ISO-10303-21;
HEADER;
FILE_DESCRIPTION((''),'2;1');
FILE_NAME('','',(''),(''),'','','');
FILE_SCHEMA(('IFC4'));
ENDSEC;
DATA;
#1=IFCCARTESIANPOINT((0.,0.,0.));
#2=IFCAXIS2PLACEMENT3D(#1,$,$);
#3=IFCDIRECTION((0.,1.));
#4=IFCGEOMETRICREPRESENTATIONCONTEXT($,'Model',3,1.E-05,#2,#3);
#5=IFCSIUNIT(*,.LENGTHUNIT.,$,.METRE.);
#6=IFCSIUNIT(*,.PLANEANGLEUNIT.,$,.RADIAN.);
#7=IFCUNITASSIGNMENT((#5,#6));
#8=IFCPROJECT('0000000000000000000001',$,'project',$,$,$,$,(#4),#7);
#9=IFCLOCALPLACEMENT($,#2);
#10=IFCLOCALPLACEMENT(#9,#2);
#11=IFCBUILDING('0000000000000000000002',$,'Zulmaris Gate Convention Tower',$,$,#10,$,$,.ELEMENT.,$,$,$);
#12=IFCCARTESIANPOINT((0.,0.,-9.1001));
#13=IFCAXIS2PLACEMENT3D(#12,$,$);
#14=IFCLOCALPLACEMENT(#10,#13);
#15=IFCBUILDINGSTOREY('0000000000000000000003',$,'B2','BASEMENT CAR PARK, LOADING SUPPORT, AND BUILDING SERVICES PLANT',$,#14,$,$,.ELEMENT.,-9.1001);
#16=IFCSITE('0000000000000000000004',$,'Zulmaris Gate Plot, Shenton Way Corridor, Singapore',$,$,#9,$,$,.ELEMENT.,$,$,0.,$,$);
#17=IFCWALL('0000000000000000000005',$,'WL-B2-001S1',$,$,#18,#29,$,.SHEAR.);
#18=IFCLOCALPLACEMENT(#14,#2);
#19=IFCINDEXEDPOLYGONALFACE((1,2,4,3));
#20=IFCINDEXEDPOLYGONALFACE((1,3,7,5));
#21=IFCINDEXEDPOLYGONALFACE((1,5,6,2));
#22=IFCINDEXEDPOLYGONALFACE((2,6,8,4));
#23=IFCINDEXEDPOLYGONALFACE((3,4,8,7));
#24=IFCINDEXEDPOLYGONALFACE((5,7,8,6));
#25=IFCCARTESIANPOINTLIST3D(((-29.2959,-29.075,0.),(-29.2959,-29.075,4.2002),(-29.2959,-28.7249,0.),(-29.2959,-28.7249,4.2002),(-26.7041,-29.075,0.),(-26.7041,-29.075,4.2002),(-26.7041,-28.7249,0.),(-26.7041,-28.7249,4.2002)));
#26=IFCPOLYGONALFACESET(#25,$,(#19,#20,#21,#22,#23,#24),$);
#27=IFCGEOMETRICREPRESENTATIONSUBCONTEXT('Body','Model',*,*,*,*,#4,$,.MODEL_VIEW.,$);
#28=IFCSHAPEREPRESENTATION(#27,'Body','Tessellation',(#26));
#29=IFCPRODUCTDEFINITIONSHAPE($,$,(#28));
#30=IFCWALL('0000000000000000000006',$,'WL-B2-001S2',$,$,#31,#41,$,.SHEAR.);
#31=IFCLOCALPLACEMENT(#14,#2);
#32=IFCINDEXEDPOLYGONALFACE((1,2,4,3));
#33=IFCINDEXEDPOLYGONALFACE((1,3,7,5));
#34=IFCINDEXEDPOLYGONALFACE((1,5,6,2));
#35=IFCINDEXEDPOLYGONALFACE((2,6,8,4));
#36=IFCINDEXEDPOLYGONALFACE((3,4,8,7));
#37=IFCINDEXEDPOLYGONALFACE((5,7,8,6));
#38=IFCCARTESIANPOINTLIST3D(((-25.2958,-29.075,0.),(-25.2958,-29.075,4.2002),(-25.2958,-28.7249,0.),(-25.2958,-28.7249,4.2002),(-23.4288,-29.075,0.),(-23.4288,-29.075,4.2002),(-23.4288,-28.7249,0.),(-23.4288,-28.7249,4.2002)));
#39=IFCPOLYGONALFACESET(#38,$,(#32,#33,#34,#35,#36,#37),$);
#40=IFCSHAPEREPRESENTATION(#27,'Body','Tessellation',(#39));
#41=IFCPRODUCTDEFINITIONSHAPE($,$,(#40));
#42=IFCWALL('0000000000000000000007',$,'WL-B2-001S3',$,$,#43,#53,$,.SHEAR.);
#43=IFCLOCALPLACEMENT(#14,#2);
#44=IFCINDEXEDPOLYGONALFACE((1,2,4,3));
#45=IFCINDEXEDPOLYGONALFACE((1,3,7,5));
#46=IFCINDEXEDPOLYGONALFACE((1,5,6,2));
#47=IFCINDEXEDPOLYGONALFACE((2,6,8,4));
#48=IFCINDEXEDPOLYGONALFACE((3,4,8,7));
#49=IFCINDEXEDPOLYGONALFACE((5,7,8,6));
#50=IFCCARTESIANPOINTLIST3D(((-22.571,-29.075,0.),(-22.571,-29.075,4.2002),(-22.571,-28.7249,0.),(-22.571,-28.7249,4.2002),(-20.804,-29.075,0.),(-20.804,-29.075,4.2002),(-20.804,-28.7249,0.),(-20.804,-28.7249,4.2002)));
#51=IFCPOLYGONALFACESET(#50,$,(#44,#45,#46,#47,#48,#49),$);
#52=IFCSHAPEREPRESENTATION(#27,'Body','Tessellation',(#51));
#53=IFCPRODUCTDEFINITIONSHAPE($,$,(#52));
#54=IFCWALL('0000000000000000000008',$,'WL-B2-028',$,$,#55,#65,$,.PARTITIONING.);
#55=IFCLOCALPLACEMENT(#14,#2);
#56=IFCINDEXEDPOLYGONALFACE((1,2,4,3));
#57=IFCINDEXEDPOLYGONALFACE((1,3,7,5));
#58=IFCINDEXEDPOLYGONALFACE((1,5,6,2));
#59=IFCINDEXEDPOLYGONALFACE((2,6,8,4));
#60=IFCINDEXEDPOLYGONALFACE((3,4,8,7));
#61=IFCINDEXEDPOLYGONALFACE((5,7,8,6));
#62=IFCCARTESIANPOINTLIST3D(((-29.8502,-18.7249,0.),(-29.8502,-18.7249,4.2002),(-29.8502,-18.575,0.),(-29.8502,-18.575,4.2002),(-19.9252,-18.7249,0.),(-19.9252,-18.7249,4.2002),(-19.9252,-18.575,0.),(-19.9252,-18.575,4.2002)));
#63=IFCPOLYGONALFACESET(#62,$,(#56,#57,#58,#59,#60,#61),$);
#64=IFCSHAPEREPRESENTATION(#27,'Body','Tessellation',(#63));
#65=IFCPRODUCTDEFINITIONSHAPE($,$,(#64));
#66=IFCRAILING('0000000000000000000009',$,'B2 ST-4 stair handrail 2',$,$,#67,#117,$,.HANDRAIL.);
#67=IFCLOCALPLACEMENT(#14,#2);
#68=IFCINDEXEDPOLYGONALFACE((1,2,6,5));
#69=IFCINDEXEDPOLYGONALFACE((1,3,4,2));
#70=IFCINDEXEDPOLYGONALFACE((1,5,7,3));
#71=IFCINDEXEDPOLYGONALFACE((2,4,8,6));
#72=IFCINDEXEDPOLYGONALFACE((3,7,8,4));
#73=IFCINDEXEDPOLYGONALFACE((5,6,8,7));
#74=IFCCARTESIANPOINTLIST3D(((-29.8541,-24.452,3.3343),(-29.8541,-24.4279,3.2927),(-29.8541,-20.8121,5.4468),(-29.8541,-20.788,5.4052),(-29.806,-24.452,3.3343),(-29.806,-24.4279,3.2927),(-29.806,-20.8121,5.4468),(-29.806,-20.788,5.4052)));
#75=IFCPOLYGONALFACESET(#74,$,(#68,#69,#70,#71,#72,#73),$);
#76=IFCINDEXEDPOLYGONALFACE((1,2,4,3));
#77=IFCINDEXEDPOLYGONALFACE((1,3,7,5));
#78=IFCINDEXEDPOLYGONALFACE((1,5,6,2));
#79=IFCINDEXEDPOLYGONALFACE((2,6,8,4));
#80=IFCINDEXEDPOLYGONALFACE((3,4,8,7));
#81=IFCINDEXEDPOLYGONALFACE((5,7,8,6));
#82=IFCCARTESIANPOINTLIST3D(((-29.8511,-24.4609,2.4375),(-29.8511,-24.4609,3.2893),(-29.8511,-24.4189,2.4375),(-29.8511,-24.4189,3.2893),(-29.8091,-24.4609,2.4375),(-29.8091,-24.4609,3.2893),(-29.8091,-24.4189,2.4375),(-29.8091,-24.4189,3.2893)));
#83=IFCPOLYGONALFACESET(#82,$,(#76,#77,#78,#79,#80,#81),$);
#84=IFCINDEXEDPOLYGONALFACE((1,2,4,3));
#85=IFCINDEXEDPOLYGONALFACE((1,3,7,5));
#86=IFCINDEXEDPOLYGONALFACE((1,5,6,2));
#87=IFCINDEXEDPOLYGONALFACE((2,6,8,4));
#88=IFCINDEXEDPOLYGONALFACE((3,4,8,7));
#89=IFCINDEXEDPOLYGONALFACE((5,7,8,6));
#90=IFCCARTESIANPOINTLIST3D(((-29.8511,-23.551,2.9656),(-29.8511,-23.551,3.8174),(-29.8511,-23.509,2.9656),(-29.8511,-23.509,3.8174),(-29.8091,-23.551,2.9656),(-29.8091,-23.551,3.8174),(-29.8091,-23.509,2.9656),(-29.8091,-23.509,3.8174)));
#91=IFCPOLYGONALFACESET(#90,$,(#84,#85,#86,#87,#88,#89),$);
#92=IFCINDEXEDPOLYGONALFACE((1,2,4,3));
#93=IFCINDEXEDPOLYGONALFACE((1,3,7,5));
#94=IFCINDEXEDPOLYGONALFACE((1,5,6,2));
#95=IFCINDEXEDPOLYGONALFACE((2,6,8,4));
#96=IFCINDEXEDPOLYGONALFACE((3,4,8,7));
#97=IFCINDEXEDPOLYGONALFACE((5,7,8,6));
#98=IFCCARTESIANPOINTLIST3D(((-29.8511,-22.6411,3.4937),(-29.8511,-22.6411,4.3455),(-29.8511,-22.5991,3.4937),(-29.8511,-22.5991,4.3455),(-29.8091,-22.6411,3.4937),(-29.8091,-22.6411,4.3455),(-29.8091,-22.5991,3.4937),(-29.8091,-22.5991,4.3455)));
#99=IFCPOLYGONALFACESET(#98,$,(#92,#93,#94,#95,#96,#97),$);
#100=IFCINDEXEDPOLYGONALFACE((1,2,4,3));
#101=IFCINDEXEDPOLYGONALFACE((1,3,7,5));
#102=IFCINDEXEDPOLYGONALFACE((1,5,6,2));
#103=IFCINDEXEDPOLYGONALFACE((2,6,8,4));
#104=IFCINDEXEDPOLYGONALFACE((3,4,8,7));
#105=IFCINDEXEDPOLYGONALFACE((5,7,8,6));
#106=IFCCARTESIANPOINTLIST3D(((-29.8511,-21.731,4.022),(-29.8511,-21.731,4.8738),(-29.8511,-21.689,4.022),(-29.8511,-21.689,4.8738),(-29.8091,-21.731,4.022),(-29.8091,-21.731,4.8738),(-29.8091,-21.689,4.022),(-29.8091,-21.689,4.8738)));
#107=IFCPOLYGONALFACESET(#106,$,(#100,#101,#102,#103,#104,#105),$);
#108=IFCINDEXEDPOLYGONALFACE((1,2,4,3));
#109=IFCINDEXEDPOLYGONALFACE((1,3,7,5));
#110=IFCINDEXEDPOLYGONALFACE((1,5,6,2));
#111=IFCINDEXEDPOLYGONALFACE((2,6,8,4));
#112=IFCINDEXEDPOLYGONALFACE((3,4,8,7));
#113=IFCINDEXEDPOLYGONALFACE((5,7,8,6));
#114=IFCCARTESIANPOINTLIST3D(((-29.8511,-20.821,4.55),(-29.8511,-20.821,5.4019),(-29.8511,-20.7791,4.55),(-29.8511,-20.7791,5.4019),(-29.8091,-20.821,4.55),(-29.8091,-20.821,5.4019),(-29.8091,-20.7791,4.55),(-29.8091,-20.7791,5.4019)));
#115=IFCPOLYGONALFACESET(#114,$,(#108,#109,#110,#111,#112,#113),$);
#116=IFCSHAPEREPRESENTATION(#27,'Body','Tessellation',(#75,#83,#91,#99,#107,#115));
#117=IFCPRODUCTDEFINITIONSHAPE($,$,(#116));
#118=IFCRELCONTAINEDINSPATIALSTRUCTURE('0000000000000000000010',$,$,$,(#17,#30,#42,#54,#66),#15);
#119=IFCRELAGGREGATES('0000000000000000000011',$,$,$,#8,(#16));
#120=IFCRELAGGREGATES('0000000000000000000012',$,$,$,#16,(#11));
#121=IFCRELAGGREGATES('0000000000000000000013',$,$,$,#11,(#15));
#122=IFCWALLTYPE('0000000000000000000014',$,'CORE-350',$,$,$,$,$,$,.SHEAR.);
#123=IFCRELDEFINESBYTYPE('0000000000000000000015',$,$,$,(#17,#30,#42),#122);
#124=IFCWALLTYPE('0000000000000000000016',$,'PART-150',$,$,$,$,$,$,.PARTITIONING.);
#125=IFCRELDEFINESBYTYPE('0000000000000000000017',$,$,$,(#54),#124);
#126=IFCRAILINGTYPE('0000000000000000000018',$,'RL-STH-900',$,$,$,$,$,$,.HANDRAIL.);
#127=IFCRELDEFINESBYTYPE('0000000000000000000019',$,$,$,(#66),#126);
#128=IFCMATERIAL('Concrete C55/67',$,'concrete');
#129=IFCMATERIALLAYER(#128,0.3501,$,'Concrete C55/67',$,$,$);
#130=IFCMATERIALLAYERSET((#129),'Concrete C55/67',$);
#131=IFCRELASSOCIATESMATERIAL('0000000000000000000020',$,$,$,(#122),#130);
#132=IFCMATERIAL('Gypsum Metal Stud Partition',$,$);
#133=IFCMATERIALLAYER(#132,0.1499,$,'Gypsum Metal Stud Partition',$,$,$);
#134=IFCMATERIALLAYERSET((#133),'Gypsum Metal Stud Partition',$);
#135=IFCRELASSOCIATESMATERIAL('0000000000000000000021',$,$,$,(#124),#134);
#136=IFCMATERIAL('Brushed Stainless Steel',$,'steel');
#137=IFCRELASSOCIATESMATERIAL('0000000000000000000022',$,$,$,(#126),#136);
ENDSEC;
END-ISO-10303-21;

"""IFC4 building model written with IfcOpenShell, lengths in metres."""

from ifc_helpers import new_model, si_unit, direction, frame, frame_2d, origin, origin_2d, place, context, subcontext, project, spatial, rectangle, extrude, material, layer, layer_set, type_object, element, save


model = new_model("IFC4")

# Units and contexts
model_context = context("Model", 3, precision=1e-05, world=origin(), true_north=direction((0.0, 1.0)))
body_context = subcontext(model_context, "Body", "Model", "MODEL_VIEW")
ifc_project = project(units=[si_unit("LENGTHUNIT", "METRE"), si_unit("PLANEANGLEUNIT", "RADIAN")], contexts=[model_context])

# Site, building, storey
site_placement = place(None, origin())
site = spatial("IfcSite", under=ifc_project, at=site_placement, Name="Zulmaris Gate Plot, Shenton Way Corridor, Singapore", CompositionType="ELEMENT", RefElevation=0.0)
building_placement = place(site_placement, origin())
building = spatial("IfcBuilding", under=site, at=building_placement, Name="Zulmaris Gate Convention Tower", CompositionType="ELEMENT")
storey_placement = place(building_placement, frame((0.0, 0.0, -9.1001)))
storey = spatial("IfcBuildingStorey", under=building, at=storey_placement, Name="B2", Description="BASEMENT CAR PARK, LOADING SUPPORT, AND BUILDING SERVICES PLANT", CompositionType="ELEMENT", Elevation=-9.1001)

# Walls
ifc_material_1 = material(Name="Concrete C55/67", Category="concrete")
ifc_layer_1 = layer(ifc_material_1, 0.3501, Name="Concrete C55/67")
ifc_layer_set_1 = layer_set([ifc_layer_1], Name="Concrete C55/67")
wall_type_1 = type_object("IfcWallType", Name="CORE-350", PredefinedType="SHEAR", material=ifc_layer_set_1)
wall_1_placement = place(storey_placement, frame((-29.2959, -28.8999, 0.0), z_axis=(0.0, 0.0, 1.0), x_axis=(1.0, 0.0, 0.0)))
element("IfcWall", 1, at=wall_1_placement, inside=storey, type_object=wall_type_1, Name="WL-B2-001S1", PredefinedType="SHEAR", context=body_context, shape_type="SweptSolid", body=[
    extrude(rectangle(XDim=2.5918, YDim=0.3501, at=frame_2d((1.2959, 0.0))), origin(), (0.0, 0.0, 1.0), 4.2002),
])
wall_2_placement = place(storey_placement, frame((-25.2959, -28.8999, 0.0), z_axis=(0.0, 0.0, 1.0), x_axis=(1.0, 0.0, 0.0)))
element("IfcWall", 2, at=wall_2_placement, inside=storey, type_object=wall_type_1, Name="WL-B2-001S2", PredefinedType="SHEAR", context=body_context, shape_type="SweptSolid", body=[
    extrude(rectangle(XDim=1.8669, YDim=0.3501, at=frame_2d((0.9336, 0.0))), origin(), (0.0, 0.0, 1.0), 4.2002),
])
wall_3_placement = place(storey_placement, frame((-22.571, -28.8999, 0.0), z_axis=(0.0, 0.0, 1.0), x_axis=(1.0, 0.0, 0.0)))
element("IfcWall", 3, at=wall_3_placement, inside=storey, type_object=wall_type_1, Name="WL-B2-001S3", PredefinedType="SHEAR", context=body_context, shape_type="SweptSolid", body=[
    extrude(rectangle(XDim=1.7671, YDim=0.3501, at=frame_2d((0.8835, 0.0))), origin(), (0.0, 0.0, 1.0), 4.2002),
])
ifc_material_2 = material(Name="Gypsum Metal Stud Partition")
ifc_layer_2 = layer(ifc_material_2, 0.1499, Name="Gypsum Metal Stud Partition")
ifc_layer_set_2 = layer_set([ifc_layer_2], Name="Gypsum Metal Stud Partition")
wall_type_2 = type_object("IfcWallType", Name="PART-150", PredefinedType="PARTITIONING", material=ifc_layer_set_2)
wall_4_placement = place(storey_placement, frame((-29.8501, -18.6499, 0.0), z_axis=(0.0, 0.0, 1.0), x_axis=(1.0, 0.0, 0.0)))
element("IfcWall", 4, at=wall_4_placement, inside=storey, type_object=wall_type_2, Name="WL-B2-028", PredefinedType="PARTITIONING", context=body_context, shape_type="SweptSolid", body=[
    extrude(rectangle(XDim=9.925, YDim=0.1499, at=frame_2d((4.9624, 0.0))), origin(), (0.0, 0.0, 1.0), 4.2002),
])

# Railing
ifc_material_3 = material(Name="Brushed Stainless Steel", Category="steel")
railing_type = type_object("IfcRailingType", Name="RL-STH-900", PredefinedType="HANDRAIL", material=ifc_material_3)
railing_placement = place(storey_placement, frame((-29.8301, -24.4399, 2.4375)))
element("IfcRailing", 5, at=railing_placement, inside=storey, type_object=railing_type, Name="B2 ST-4 stair handrail 2", PredefinedType="HANDRAIL", context=body_context, shape_type="SweptSolid", body=[
    extrude(rectangle(XDim=0.0481, YDim=0.0481, at=origin_2d()), frame((0.0, 0.0, 0.876), z_axis=(0.0, 0.864886, 0.501969), x_axis=(-1.0, 0.0, 0.0)), (0.0, 0.0, 1.0), 4.2085),
    extrude(rectangle(XDim=0.042, YDim=0.042, at=origin_2d()), origin(), (0.0, 0.0, 1.0), 0.8518),
    extrude(rectangle(XDim=0.042, YDim=0.042, at=origin_2d()), frame((0.0, 0.9099, 0.5281)), (0.0, 0.0, 1.0), 0.8518),
    extrude(rectangle(XDim=0.042, YDim=0.042, at=origin_2d()), frame((0.0, 1.8198, 1.0562)), (0.0, 0.0, 1.0), 0.8518),
    extrude(rectangle(XDim=0.042, YDim=0.042, at=origin_2d()), frame((0.0, 2.73, 1.5845)), (0.0, 0.0, 1.0), 0.8518),
    extrude(rectangle(XDim=0.042, YDim=0.042, at=origin_2d()), frame((0.0, 3.6399, 2.1125)), (0.0, 0.0, 1.0), 0.8518),
])

save(model, "model.ifc")
